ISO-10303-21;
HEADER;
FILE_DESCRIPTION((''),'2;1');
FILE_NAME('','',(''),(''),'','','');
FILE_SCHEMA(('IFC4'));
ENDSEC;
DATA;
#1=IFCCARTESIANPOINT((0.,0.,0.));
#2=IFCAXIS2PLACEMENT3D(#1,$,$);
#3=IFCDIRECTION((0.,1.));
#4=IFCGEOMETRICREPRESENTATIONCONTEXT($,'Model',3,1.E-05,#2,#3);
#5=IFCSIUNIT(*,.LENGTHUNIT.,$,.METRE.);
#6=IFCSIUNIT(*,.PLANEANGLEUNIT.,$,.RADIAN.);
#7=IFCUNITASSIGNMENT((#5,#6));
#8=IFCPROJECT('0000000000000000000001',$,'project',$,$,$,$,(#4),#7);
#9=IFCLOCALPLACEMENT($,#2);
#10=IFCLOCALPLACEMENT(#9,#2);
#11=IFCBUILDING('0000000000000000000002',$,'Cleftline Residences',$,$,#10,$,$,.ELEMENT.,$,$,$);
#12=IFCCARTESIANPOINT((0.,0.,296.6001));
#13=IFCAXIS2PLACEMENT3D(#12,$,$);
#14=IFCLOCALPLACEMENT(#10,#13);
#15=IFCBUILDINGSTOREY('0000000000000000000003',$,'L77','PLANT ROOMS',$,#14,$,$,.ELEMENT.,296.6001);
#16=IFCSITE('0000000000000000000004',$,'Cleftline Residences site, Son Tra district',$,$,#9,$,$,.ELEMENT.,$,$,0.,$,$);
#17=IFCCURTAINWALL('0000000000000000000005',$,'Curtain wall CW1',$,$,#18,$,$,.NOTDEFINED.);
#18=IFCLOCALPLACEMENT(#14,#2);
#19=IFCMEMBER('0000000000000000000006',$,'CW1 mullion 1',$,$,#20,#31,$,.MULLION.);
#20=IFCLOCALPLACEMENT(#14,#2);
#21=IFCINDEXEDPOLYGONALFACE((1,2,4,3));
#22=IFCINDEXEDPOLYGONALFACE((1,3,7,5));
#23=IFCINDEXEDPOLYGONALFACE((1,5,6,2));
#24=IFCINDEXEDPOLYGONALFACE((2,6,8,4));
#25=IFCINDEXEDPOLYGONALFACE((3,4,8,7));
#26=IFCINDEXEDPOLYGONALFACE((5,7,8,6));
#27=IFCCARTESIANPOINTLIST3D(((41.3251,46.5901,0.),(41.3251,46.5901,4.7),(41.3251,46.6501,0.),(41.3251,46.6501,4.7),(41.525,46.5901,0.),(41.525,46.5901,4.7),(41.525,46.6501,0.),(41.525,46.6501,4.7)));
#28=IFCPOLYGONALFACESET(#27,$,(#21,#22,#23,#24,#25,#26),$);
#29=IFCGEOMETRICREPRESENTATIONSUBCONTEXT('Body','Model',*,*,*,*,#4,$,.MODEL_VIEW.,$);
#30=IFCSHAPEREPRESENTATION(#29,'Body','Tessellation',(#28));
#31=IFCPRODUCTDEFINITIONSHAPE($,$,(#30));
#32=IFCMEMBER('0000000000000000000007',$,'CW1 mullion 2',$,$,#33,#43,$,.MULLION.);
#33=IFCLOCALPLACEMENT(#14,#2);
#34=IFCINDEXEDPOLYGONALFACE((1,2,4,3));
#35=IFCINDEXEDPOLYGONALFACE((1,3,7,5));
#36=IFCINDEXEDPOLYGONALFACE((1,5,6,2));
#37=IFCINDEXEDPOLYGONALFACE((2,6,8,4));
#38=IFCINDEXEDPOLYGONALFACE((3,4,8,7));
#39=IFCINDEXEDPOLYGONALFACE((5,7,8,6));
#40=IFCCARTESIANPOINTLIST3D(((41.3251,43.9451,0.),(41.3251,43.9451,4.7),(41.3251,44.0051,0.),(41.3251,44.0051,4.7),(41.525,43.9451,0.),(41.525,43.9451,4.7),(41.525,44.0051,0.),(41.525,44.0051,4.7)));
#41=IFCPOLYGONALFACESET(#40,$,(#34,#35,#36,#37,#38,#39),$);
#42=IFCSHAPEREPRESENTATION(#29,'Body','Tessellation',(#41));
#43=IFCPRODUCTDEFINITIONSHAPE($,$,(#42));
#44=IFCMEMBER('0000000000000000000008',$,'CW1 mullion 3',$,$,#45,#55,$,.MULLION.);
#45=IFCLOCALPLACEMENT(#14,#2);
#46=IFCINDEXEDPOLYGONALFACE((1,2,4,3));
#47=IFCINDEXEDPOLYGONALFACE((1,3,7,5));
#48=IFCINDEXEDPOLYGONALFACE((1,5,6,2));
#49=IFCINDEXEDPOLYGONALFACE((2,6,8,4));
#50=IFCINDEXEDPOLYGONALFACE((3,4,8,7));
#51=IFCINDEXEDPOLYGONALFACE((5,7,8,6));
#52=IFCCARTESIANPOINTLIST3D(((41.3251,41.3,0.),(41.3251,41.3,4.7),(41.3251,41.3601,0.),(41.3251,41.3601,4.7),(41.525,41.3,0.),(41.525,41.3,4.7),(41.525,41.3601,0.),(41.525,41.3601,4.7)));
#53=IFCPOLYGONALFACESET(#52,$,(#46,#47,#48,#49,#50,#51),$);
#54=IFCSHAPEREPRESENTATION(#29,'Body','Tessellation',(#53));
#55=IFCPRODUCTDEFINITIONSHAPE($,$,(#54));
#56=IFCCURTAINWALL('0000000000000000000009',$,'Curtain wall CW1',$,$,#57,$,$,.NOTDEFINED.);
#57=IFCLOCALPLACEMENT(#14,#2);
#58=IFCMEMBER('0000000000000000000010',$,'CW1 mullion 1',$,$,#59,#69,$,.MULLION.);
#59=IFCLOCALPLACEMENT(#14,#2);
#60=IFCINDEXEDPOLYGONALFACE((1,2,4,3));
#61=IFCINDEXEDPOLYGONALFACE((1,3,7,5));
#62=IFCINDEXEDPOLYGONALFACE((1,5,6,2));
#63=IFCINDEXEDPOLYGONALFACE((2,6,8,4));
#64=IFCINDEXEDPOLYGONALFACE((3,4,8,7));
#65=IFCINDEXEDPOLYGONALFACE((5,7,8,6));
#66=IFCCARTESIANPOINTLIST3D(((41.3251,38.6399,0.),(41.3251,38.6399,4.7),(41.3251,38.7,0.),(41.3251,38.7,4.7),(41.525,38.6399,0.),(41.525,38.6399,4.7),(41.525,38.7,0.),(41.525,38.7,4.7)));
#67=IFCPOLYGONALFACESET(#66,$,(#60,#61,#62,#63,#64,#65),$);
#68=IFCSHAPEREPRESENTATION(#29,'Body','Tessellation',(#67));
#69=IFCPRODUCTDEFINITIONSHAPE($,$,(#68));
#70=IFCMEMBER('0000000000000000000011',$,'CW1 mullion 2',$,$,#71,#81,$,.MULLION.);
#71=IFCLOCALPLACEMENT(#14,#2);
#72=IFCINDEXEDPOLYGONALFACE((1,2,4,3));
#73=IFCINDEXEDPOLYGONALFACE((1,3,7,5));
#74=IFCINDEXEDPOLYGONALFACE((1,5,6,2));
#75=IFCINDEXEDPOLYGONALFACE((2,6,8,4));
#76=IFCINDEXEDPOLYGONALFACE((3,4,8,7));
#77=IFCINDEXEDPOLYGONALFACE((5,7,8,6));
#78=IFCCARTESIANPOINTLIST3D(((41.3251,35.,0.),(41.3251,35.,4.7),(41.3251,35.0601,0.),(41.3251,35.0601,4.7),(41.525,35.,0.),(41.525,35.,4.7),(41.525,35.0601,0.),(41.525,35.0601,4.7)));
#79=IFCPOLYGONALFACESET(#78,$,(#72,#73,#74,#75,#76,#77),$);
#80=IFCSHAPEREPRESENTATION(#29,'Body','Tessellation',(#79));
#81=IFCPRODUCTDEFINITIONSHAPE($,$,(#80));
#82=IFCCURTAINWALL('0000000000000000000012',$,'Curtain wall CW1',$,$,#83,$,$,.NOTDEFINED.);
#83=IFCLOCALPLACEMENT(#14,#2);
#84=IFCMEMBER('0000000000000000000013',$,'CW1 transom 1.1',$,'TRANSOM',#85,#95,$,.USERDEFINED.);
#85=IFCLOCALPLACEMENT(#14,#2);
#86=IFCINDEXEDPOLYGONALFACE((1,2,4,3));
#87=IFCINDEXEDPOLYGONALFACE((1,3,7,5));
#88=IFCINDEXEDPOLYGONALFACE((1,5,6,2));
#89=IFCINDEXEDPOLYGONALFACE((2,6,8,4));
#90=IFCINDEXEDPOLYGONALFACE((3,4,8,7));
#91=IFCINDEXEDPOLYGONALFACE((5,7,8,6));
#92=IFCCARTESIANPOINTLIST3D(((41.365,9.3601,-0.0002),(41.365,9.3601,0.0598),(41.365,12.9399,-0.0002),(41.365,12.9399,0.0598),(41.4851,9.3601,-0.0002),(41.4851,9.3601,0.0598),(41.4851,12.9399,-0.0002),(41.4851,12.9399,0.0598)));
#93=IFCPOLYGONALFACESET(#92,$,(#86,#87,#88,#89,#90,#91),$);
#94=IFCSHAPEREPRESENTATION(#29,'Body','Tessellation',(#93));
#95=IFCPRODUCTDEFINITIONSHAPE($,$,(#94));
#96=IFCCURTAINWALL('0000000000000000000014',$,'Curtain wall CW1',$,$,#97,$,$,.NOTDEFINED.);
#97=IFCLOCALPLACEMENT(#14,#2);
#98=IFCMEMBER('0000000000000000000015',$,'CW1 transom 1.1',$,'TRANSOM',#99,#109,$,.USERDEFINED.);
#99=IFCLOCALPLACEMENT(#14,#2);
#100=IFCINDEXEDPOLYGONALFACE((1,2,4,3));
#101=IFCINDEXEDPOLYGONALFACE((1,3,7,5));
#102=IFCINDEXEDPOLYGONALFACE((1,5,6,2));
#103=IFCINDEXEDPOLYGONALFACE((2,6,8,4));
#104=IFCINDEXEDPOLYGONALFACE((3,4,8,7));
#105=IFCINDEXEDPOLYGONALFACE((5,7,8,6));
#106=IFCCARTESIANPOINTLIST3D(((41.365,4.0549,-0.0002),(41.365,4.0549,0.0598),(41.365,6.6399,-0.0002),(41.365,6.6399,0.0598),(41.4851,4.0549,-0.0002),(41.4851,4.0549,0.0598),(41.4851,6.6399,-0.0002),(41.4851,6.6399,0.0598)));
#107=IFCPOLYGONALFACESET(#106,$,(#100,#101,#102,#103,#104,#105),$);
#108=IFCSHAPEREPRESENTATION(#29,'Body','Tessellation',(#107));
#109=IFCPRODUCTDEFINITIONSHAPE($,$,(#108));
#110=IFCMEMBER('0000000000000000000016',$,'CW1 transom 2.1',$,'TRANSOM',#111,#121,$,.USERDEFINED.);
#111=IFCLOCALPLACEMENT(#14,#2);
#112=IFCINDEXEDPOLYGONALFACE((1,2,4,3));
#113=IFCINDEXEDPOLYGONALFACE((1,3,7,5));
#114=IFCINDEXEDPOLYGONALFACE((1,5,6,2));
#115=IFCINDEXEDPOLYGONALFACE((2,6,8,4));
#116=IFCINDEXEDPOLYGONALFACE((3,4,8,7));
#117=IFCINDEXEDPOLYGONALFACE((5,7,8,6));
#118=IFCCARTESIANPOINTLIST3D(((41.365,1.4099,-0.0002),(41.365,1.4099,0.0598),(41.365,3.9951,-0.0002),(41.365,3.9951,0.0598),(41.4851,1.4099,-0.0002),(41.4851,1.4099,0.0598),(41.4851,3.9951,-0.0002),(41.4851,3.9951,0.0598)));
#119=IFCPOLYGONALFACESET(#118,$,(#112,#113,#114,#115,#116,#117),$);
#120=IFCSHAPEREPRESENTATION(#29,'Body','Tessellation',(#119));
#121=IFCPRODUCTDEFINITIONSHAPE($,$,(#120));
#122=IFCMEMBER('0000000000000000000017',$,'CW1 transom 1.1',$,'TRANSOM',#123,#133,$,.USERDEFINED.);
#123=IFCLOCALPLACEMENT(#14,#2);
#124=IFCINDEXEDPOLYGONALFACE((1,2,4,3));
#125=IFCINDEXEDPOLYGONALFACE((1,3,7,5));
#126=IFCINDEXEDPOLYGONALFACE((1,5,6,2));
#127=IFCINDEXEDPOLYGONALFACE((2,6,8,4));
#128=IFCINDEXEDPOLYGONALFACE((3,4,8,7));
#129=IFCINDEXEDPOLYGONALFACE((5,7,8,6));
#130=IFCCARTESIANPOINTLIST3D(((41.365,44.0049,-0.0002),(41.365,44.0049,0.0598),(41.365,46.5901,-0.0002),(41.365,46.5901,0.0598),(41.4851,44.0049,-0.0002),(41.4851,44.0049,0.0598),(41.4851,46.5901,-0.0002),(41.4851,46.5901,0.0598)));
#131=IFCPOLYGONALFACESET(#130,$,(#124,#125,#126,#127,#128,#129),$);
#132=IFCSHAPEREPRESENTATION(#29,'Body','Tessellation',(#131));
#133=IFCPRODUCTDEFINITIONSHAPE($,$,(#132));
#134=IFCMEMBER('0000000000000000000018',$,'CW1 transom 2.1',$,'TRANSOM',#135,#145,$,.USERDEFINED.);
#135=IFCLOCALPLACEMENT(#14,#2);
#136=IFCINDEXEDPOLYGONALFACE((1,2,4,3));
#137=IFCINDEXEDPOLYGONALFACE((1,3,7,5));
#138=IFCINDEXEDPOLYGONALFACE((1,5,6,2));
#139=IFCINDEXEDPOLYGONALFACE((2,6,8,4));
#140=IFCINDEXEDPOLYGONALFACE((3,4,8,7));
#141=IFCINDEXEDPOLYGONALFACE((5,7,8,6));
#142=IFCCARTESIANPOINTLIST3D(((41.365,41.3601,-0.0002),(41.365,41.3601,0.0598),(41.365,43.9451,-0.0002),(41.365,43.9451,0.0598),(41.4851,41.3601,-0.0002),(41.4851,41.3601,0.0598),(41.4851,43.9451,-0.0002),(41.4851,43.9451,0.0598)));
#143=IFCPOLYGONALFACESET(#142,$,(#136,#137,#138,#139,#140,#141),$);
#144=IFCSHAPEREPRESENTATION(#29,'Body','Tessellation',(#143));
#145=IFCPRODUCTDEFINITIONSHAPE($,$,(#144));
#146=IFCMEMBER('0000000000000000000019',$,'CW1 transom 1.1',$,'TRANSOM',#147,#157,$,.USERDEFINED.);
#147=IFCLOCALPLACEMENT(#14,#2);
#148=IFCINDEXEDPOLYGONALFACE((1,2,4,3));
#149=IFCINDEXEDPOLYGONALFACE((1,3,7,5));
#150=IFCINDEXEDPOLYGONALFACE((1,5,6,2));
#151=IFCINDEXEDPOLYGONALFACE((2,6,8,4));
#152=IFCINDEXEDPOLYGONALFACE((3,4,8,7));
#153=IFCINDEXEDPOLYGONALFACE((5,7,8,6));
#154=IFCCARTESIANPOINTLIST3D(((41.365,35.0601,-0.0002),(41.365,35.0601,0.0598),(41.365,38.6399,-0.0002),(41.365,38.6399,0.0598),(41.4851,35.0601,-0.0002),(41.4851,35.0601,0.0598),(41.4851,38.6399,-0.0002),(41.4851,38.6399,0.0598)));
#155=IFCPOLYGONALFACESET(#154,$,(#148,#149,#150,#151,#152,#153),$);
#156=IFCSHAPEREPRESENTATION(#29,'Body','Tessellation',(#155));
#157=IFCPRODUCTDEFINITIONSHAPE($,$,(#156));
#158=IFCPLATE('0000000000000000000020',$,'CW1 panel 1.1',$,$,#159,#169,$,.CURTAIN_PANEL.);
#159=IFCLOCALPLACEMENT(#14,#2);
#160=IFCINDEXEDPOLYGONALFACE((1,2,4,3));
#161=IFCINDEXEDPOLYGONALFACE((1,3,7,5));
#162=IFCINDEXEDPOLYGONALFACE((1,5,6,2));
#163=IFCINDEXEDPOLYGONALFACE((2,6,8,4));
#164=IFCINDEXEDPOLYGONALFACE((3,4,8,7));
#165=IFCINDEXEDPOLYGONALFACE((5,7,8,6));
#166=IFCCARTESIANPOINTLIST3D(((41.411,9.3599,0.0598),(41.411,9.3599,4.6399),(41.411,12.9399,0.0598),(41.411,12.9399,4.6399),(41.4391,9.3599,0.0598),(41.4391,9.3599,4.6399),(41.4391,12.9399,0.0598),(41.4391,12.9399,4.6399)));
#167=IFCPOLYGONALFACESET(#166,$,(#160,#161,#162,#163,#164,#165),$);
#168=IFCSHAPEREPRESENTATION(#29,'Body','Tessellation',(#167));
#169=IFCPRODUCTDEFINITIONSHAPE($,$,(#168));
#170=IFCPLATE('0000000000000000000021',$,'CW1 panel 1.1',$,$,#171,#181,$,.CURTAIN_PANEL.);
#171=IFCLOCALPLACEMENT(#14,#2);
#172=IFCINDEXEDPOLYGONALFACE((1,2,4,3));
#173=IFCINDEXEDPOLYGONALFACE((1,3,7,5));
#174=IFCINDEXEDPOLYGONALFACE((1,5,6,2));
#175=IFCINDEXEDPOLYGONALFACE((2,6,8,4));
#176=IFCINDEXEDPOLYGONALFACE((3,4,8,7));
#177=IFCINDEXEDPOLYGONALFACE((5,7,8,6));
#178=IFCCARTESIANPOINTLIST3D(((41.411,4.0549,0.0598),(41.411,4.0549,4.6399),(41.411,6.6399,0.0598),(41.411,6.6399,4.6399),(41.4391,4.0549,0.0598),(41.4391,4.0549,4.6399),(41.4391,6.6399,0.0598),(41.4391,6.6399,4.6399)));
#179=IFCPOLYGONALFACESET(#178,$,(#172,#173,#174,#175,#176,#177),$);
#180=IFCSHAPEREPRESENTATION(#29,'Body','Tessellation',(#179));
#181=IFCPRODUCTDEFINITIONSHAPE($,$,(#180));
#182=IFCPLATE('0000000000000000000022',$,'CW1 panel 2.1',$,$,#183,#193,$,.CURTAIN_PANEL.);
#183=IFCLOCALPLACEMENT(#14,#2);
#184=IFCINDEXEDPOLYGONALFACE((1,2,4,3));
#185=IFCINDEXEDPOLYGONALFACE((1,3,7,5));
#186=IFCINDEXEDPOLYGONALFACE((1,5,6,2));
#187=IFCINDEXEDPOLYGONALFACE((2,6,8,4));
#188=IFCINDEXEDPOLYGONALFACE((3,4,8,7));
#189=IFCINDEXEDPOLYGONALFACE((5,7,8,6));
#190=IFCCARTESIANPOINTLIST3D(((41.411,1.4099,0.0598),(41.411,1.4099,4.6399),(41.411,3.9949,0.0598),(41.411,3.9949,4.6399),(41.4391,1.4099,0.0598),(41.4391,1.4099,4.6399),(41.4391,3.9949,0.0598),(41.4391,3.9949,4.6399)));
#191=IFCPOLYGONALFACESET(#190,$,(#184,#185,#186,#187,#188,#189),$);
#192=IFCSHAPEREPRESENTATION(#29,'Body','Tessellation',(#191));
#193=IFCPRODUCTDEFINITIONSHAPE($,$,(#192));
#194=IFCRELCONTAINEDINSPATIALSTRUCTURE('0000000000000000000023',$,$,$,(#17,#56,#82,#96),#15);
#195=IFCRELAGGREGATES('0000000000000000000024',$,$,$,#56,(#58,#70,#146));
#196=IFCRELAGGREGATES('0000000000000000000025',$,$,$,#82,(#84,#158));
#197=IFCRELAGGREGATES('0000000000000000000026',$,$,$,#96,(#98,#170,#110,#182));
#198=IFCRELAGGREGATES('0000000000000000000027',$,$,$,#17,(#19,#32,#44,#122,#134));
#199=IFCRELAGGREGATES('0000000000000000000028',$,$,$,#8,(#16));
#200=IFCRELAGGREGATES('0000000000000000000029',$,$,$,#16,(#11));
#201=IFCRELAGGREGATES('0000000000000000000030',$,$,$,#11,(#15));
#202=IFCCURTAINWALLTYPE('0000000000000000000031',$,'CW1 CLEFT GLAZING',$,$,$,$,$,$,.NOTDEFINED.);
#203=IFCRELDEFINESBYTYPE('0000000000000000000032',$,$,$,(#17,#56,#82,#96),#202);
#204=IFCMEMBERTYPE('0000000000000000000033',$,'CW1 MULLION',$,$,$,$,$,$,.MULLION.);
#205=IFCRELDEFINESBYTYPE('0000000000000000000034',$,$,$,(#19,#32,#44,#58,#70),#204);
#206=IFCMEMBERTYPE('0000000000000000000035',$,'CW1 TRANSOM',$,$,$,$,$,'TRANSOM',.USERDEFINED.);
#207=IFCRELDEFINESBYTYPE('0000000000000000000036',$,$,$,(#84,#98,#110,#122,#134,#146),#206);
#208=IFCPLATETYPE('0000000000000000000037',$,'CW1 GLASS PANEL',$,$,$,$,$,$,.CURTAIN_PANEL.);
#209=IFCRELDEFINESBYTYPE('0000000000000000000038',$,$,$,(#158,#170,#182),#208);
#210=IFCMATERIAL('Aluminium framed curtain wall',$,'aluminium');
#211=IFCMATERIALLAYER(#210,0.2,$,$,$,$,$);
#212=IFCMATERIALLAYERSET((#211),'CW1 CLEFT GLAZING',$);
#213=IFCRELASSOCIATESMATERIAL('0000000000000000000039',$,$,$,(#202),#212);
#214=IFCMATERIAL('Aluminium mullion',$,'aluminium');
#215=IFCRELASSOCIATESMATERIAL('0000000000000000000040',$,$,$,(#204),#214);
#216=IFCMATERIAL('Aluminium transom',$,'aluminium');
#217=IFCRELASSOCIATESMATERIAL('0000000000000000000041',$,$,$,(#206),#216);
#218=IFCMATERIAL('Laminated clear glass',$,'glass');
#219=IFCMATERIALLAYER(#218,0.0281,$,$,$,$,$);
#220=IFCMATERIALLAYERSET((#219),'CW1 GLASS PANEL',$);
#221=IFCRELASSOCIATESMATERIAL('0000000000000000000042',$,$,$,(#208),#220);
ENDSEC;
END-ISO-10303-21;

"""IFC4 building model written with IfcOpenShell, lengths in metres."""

from ifc_helpers import new_model, si_unit, direction, frame, origin, origin_2d, place, context, subcontext, project, spatial, rectangle, extrude, material, layer, layer_set, material_profile, profile_set, type_object, element, aggregate, save


model = new_model("IFC4")

# Units and contexts
model_context = context("Model", 3, precision=1e-05, world=origin(), true_north=direction((0.0, 1.0)))
body_context = subcontext(model_context, "Body", "Model", "MODEL_VIEW")
ifc_project = project(units=[si_unit("LENGTHUNIT", "METRE"), si_unit("PLANEANGLEUNIT", "RADIAN")], contexts=[model_context])

# Site, building, storey
site_placement = place(None, origin())
site = spatial("IfcSite", under=ifc_project, at=site_placement, Name="Cleftline Residences site, Son Tra district", CompositionType="ELEMENT", RefElevation=0.0)
building_placement = place(site_placement, origin())
building = spatial("IfcBuilding", under=site, at=building_placement, Name="Cleftline Residences", CompositionType="ELEMENT")
storey_placement = place(building_placement, frame((0.0, 0.0, 296.6001)))
storey = spatial("IfcBuildingStorey", under=building, at=storey_placement, Name="L77", Description="PLANT ROOMS", CompositionType="ELEMENT", Elevation=296.6001)

# Curtain walls, members
ifc_material_1 = material(Name="Aluminium framed curtain wall", Category="aluminium")
ifc_layer_1 = layer(ifc_material_1, 0.2)
ifc_layer_set_1 = layer_set([ifc_layer_1], Name="CW1 CLEFT GLAZING")
curtain_wall_type = type_object("IfcCurtainWallType", Name="CW1 CLEFT GLAZING", PredefinedType="NOTDEFINED", material=ifc_layer_set_1)
curtain_wall_1_placement = place(storey_placement, origin())
curtain_wall_1 = element("IfcCurtainWall", 1, at=curtain_wall_1_placement, inside=storey, type_object=curtain_wall_type, Name="Curtain wall CW1", PredefinedType="NOTDEFINED")
ifc_material_2 = material(Name="Aluminium mullion", Category="aluminium")
ifc_material_profile_1 = material_profile(ifc_material_2, rectangle(XDim=0.2, YDim=0.0601, at=origin_2d()))
ifc_profile_set_1 = profile_set([ifc_material_profile_1], Name="Aluminium mullion")
member_type_1 = type_object("IfcMemberType", Name="CW1 MULLION", PredefinedType="MULLION", material=ifc_profile_set_1)
member_1_placement = place(storey_placement, frame((41.425, 46.6201, 0.0), z_axis=(0.0, 0.0, 1.0), x_axis=(1.0, 0.0, 0.0)))
member_1 = element("IfcMember", 2, at=member_1_placement, type_object=member_type_1, Name="CW1 mullion 1", PredefinedType="MULLION", context=body_context, shape_type="SweptSolid", body=[
    extrude(rectangle(XDim=0.2, YDim=0.0601, at=origin_2d()), origin(), (0.0, 0.0, 1.0), 4.7),
])
member_2_placement = place(storey_placement, frame((41.425, 43.9751, 0.0), z_axis=(0.0, 0.0, 1.0), x_axis=(1.0, 0.0, 0.0)))
member_2 = element("IfcMember", 3, at=member_2_placement, type_object=member_type_1, Name="CW1 mullion 2", PredefinedType="MULLION", context=body_context, shape_type="SweptSolid", body=[
    extrude(rectangle(XDim=0.2, YDim=0.0601, at=origin_2d()), origin(), (0.0, 0.0, 1.0), 4.7),
])
member_3_placement = place(storey_placement, frame((41.425, 41.3301, 0.0), z_axis=(0.0, 0.0, 1.0), x_axis=(1.0, 0.0, 0.0)))
member_3 = element("IfcMember", 4, at=member_3_placement, type_object=member_type_1, Name="CW1 mullion 3", PredefinedType="MULLION", context=body_context, shape_type="SweptSolid", body=[
    extrude(rectangle(XDim=0.2, YDim=0.0601, at=origin_2d()), origin(), (0.0, 0.0, 1.0), 4.7),
])
curtain_wall_2_placement = place(storey_placement, origin())
curtain_wall_2 = element("IfcCurtainWall", 5, at=curtain_wall_2_placement, inside=storey, type_object=curtain_wall_type, Name="Curtain wall CW1", PredefinedType="NOTDEFINED")
member_4_placement = place(storey_placement, frame((41.425, 38.6699, 0.0), z_axis=(0.0, 0.0, 1.0), x_axis=(1.0, 0.0, 0.0)))
member_4 = element("IfcMember", 6, at=member_4_placement, type_object=member_type_1, Name="CW1 mullion 1", PredefinedType="MULLION", context=body_context, shape_type="SweptSolid", body=[
    extrude(rectangle(XDim=0.2, YDim=0.0601, at=origin_2d()), origin(), (0.0, 0.0, 1.0), 4.7),
])
member_5_placement = place(storey_placement, frame((41.425, 35.03, 0.0), z_axis=(0.0, 0.0, 1.0), x_axis=(1.0, 0.0, 0.0)))
member_5 = element("IfcMember", 7, at=member_5_placement, type_object=member_type_1, Name="CW1 mullion 2", PredefinedType="MULLION", context=body_context, shape_type="SweptSolid", body=[
    extrude(rectangle(XDim=0.2, YDim=0.0601, at=origin_2d()), origin(), (0.0, 0.0, 1.0), 4.7),
])

# Curtain wall, member
curtain_wall_3_placement = place(storey_placement, origin())
curtain_wall_3 = element("IfcCurtainWall", 8, at=curtain_wall_3_placement, inside=storey, type_object=curtain_wall_type, Name="Curtain wall CW1", PredefinedType="NOTDEFINED")
ifc_material_3 = material(Name="Aluminium transom", Category="aluminium")
ifc_material_profile_2 = material_profile(ifc_material_3, rectangle(XDim=0.1201, YDim=0.0601, at=origin_2d()))
ifc_profile_set_2 = profile_set([ifc_material_profile_2], Name="Aluminium transom")
member_type_2 = type_object("IfcMemberType", Name="CW1 TRANSOM", ElementType="TRANSOM", PredefinedType="USERDEFINED", material=ifc_profile_set_2)
member_6_placement = place(storey_placement, frame((41.425, 12.9399, 0.0298), z_axis=(0.0, -1.0, 0.0), x_axis=(1.0, 0.0, 0.0)))
member_6 = element("IfcMember", 9, at=member_6_placement, type_object=member_type_2, Name="CW1 transom 1.1", ObjectType="TRANSOM", PredefinedType="USERDEFINED", context=body_context, shape_type="SweptSolid", body=[
    extrude(rectangle(XDim=0.1201, YDim=0.0601, at=origin_2d()), origin(), (0.0, 0.0, 1.0), 3.5798),
])

# Curtain wall, members
curtain_wall_4_placement = place(storey_placement, origin())
curtain_wall_4 = element("IfcCurtainWall", 10, at=curtain_wall_4_placement, inside=storey, type_object=curtain_wall_type, Name="Curtain wall CW1", PredefinedType="NOTDEFINED")
member_7_placement = place(storey_placement, frame((41.425, 6.6399, 0.0298), z_axis=(0.0, -1.0, 0.0), x_axis=(1.0, 0.0, 0.0)))
member_7 = element("IfcMember", 11, at=member_7_placement, type_object=member_type_2, Name="CW1 transom 1.1", ObjectType="TRANSOM", PredefinedType="USERDEFINED", context=body_context, shape_type="SweptSolid", body=[
    extrude(rectangle(XDim=0.1201, YDim=0.0601, at=origin_2d()), origin(), (0.0, 0.0, 1.0), 2.585),
])
member_8_placement = place(storey_placement, frame((41.425, 3.9951, 0.0298), z_axis=(0.0, -1.0, 0.0), x_axis=(1.0, 0.0, 0.0)))
member_8 = element("IfcMember", 12, at=member_8_placement, type_object=member_type_2, Name="CW1 transom 2.1", ObjectType="TRANSOM", PredefinedType="USERDEFINED", context=body_context, shape_type="SweptSolid", body=[
    extrude(rectangle(XDim=0.1201, YDim=0.0601, at=origin_2d()), origin(), (0.0, 0.0, 1.0), 2.5852),
])

# Members
member_9_placement = place(storey_placement, frame((41.425, 46.5901, 0.0298), z_axis=(0.0, -1.0, 0.0), x_axis=(1.0, 0.0, 0.0)))
member_9 = element("IfcMember", 13, at=member_9_placement, type_object=member_type_2, Name="CW1 transom 1.1", ObjectType="TRANSOM", PredefinedType="USERDEFINED", context=body_context, shape_type="SweptSolid", body=[
    extrude(rectangle(XDim=0.1201, YDim=0.0601, at=origin_2d()), origin(), (0.0, 0.0, 1.0), 2.5852),
])
member_10_placement = place(storey_placement, frame((41.425, 43.9451, 0.0298), z_axis=(0.0, -1.0, 0.0), x_axis=(1.0, 0.0, 0.0)))
member_10 = element("IfcMember", 14, at=member_10_placement, type_object=member_type_2, Name="CW1 transom 2.1", ObjectType="TRANSOM", PredefinedType="USERDEFINED", context=body_context, shape_type="SweptSolid", body=[
    extrude(rectangle(XDim=0.1201, YDim=0.0601, at=origin_2d()), origin(), (0.0, 0.0, 1.0), 2.585),
])
member_11_placement = place(storey_placement, frame((41.425, 38.6399, 0.0298), z_axis=(0.0, -1.0, 0.0), x_axis=(1.0, 0.0, 0.0)))
member_11 = element("IfcMember", 15, at=member_11_placement, type_object=member_type_2, Name="CW1 transom 1.1", ObjectType="TRANSOM", PredefinedType="USERDEFINED", context=body_context, shape_type="SweptSolid", body=[
    extrude(rectangle(XDim=0.1201, YDim=0.0601, at=origin_2d()), origin(), (0.0, 0.0, 1.0), 3.5798),
])
aggregate(curtain_wall_2, [member_4, member_5, member_11])

# Plates
ifc_material_4 = material(Name="Laminated clear glass", Category="glass")
ifc_layer_2 = layer(ifc_material_4, 0.0281)
ifc_layer_set_2 = layer_set([ifc_layer_2], Name="CW1 GLASS PANEL")
plate_type = type_object("IfcPlateType", Name="CW1 GLASS PANEL", PredefinedType="CURTAIN_PANEL", material=ifc_layer_set_2)
plate_1_placement = place(storey_placement, frame((41.425, 11.1499, 0.0598), z_axis=(0.0, 0.0, 1.0), x_axis=(0.0, -1.0, 0.0)))
plate_1 = element("IfcPlate", 16, at=plate_1_placement, type_object=plate_type, Name="CW1 panel 1.1", PredefinedType="CURTAIN_PANEL", context=body_context, shape_type="SweptSolid", body=[
    extrude(rectangle(XDim=3.5801, YDim=0.0281, at=origin_2d()), origin(), (0.0, 0.0, 1.0), 4.5801),
])
aggregate(curtain_wall_3, [member_6, plate_1])
plate_2_placement = place(storey_placement, frame((41.425, 5.3474, 0.0598), z_axis=(0.0, 0.0, 1.0), x_axis=(0.0, -1.0, 0.0)))
plate_2 = element("IfcPlate", 17, at=plate_2_placement, type_object=plate_type, Name="CW1 panel 1.1", PredefinedType="CURTAIN_PANEL", context=body_context, shape_type="SweptSolid", body=[
    extrude(rectangle(XDim=2.585, YDim=0.0281, at=origin_2d()), origin(), (0.0, 0.0, 1.0), 4.5801),
])
plate_3_placement = place(storey_placement, frame((41.425, 2.7024, 0.0598), z_axis=(0.0, 0.0, 1.0), x_axis=(0.0, -1.0, 0.0)))
plate_3 = element("IfcPlate", 18, at=plate_3_placement, type_object=plate_type, Name="CW1 panel 2.1", PredefinedType="CURTAIN_PANEL", context=body_context, shape_type="SweptSolid", body=[
    extrude(rectangle(XDim=2.585, YDim=0.0281, at=origin_2d()), origin(), (0.0, 0.0, 1.0), 4.5801),
])
aggregate(curtain_wall_4, [member_7, plate_2, member_8, plate_3])
aggregate(curtain_wall_1, [member_1, member_2, member_3, member_9, member_10])

save(model, "model.ifc")
